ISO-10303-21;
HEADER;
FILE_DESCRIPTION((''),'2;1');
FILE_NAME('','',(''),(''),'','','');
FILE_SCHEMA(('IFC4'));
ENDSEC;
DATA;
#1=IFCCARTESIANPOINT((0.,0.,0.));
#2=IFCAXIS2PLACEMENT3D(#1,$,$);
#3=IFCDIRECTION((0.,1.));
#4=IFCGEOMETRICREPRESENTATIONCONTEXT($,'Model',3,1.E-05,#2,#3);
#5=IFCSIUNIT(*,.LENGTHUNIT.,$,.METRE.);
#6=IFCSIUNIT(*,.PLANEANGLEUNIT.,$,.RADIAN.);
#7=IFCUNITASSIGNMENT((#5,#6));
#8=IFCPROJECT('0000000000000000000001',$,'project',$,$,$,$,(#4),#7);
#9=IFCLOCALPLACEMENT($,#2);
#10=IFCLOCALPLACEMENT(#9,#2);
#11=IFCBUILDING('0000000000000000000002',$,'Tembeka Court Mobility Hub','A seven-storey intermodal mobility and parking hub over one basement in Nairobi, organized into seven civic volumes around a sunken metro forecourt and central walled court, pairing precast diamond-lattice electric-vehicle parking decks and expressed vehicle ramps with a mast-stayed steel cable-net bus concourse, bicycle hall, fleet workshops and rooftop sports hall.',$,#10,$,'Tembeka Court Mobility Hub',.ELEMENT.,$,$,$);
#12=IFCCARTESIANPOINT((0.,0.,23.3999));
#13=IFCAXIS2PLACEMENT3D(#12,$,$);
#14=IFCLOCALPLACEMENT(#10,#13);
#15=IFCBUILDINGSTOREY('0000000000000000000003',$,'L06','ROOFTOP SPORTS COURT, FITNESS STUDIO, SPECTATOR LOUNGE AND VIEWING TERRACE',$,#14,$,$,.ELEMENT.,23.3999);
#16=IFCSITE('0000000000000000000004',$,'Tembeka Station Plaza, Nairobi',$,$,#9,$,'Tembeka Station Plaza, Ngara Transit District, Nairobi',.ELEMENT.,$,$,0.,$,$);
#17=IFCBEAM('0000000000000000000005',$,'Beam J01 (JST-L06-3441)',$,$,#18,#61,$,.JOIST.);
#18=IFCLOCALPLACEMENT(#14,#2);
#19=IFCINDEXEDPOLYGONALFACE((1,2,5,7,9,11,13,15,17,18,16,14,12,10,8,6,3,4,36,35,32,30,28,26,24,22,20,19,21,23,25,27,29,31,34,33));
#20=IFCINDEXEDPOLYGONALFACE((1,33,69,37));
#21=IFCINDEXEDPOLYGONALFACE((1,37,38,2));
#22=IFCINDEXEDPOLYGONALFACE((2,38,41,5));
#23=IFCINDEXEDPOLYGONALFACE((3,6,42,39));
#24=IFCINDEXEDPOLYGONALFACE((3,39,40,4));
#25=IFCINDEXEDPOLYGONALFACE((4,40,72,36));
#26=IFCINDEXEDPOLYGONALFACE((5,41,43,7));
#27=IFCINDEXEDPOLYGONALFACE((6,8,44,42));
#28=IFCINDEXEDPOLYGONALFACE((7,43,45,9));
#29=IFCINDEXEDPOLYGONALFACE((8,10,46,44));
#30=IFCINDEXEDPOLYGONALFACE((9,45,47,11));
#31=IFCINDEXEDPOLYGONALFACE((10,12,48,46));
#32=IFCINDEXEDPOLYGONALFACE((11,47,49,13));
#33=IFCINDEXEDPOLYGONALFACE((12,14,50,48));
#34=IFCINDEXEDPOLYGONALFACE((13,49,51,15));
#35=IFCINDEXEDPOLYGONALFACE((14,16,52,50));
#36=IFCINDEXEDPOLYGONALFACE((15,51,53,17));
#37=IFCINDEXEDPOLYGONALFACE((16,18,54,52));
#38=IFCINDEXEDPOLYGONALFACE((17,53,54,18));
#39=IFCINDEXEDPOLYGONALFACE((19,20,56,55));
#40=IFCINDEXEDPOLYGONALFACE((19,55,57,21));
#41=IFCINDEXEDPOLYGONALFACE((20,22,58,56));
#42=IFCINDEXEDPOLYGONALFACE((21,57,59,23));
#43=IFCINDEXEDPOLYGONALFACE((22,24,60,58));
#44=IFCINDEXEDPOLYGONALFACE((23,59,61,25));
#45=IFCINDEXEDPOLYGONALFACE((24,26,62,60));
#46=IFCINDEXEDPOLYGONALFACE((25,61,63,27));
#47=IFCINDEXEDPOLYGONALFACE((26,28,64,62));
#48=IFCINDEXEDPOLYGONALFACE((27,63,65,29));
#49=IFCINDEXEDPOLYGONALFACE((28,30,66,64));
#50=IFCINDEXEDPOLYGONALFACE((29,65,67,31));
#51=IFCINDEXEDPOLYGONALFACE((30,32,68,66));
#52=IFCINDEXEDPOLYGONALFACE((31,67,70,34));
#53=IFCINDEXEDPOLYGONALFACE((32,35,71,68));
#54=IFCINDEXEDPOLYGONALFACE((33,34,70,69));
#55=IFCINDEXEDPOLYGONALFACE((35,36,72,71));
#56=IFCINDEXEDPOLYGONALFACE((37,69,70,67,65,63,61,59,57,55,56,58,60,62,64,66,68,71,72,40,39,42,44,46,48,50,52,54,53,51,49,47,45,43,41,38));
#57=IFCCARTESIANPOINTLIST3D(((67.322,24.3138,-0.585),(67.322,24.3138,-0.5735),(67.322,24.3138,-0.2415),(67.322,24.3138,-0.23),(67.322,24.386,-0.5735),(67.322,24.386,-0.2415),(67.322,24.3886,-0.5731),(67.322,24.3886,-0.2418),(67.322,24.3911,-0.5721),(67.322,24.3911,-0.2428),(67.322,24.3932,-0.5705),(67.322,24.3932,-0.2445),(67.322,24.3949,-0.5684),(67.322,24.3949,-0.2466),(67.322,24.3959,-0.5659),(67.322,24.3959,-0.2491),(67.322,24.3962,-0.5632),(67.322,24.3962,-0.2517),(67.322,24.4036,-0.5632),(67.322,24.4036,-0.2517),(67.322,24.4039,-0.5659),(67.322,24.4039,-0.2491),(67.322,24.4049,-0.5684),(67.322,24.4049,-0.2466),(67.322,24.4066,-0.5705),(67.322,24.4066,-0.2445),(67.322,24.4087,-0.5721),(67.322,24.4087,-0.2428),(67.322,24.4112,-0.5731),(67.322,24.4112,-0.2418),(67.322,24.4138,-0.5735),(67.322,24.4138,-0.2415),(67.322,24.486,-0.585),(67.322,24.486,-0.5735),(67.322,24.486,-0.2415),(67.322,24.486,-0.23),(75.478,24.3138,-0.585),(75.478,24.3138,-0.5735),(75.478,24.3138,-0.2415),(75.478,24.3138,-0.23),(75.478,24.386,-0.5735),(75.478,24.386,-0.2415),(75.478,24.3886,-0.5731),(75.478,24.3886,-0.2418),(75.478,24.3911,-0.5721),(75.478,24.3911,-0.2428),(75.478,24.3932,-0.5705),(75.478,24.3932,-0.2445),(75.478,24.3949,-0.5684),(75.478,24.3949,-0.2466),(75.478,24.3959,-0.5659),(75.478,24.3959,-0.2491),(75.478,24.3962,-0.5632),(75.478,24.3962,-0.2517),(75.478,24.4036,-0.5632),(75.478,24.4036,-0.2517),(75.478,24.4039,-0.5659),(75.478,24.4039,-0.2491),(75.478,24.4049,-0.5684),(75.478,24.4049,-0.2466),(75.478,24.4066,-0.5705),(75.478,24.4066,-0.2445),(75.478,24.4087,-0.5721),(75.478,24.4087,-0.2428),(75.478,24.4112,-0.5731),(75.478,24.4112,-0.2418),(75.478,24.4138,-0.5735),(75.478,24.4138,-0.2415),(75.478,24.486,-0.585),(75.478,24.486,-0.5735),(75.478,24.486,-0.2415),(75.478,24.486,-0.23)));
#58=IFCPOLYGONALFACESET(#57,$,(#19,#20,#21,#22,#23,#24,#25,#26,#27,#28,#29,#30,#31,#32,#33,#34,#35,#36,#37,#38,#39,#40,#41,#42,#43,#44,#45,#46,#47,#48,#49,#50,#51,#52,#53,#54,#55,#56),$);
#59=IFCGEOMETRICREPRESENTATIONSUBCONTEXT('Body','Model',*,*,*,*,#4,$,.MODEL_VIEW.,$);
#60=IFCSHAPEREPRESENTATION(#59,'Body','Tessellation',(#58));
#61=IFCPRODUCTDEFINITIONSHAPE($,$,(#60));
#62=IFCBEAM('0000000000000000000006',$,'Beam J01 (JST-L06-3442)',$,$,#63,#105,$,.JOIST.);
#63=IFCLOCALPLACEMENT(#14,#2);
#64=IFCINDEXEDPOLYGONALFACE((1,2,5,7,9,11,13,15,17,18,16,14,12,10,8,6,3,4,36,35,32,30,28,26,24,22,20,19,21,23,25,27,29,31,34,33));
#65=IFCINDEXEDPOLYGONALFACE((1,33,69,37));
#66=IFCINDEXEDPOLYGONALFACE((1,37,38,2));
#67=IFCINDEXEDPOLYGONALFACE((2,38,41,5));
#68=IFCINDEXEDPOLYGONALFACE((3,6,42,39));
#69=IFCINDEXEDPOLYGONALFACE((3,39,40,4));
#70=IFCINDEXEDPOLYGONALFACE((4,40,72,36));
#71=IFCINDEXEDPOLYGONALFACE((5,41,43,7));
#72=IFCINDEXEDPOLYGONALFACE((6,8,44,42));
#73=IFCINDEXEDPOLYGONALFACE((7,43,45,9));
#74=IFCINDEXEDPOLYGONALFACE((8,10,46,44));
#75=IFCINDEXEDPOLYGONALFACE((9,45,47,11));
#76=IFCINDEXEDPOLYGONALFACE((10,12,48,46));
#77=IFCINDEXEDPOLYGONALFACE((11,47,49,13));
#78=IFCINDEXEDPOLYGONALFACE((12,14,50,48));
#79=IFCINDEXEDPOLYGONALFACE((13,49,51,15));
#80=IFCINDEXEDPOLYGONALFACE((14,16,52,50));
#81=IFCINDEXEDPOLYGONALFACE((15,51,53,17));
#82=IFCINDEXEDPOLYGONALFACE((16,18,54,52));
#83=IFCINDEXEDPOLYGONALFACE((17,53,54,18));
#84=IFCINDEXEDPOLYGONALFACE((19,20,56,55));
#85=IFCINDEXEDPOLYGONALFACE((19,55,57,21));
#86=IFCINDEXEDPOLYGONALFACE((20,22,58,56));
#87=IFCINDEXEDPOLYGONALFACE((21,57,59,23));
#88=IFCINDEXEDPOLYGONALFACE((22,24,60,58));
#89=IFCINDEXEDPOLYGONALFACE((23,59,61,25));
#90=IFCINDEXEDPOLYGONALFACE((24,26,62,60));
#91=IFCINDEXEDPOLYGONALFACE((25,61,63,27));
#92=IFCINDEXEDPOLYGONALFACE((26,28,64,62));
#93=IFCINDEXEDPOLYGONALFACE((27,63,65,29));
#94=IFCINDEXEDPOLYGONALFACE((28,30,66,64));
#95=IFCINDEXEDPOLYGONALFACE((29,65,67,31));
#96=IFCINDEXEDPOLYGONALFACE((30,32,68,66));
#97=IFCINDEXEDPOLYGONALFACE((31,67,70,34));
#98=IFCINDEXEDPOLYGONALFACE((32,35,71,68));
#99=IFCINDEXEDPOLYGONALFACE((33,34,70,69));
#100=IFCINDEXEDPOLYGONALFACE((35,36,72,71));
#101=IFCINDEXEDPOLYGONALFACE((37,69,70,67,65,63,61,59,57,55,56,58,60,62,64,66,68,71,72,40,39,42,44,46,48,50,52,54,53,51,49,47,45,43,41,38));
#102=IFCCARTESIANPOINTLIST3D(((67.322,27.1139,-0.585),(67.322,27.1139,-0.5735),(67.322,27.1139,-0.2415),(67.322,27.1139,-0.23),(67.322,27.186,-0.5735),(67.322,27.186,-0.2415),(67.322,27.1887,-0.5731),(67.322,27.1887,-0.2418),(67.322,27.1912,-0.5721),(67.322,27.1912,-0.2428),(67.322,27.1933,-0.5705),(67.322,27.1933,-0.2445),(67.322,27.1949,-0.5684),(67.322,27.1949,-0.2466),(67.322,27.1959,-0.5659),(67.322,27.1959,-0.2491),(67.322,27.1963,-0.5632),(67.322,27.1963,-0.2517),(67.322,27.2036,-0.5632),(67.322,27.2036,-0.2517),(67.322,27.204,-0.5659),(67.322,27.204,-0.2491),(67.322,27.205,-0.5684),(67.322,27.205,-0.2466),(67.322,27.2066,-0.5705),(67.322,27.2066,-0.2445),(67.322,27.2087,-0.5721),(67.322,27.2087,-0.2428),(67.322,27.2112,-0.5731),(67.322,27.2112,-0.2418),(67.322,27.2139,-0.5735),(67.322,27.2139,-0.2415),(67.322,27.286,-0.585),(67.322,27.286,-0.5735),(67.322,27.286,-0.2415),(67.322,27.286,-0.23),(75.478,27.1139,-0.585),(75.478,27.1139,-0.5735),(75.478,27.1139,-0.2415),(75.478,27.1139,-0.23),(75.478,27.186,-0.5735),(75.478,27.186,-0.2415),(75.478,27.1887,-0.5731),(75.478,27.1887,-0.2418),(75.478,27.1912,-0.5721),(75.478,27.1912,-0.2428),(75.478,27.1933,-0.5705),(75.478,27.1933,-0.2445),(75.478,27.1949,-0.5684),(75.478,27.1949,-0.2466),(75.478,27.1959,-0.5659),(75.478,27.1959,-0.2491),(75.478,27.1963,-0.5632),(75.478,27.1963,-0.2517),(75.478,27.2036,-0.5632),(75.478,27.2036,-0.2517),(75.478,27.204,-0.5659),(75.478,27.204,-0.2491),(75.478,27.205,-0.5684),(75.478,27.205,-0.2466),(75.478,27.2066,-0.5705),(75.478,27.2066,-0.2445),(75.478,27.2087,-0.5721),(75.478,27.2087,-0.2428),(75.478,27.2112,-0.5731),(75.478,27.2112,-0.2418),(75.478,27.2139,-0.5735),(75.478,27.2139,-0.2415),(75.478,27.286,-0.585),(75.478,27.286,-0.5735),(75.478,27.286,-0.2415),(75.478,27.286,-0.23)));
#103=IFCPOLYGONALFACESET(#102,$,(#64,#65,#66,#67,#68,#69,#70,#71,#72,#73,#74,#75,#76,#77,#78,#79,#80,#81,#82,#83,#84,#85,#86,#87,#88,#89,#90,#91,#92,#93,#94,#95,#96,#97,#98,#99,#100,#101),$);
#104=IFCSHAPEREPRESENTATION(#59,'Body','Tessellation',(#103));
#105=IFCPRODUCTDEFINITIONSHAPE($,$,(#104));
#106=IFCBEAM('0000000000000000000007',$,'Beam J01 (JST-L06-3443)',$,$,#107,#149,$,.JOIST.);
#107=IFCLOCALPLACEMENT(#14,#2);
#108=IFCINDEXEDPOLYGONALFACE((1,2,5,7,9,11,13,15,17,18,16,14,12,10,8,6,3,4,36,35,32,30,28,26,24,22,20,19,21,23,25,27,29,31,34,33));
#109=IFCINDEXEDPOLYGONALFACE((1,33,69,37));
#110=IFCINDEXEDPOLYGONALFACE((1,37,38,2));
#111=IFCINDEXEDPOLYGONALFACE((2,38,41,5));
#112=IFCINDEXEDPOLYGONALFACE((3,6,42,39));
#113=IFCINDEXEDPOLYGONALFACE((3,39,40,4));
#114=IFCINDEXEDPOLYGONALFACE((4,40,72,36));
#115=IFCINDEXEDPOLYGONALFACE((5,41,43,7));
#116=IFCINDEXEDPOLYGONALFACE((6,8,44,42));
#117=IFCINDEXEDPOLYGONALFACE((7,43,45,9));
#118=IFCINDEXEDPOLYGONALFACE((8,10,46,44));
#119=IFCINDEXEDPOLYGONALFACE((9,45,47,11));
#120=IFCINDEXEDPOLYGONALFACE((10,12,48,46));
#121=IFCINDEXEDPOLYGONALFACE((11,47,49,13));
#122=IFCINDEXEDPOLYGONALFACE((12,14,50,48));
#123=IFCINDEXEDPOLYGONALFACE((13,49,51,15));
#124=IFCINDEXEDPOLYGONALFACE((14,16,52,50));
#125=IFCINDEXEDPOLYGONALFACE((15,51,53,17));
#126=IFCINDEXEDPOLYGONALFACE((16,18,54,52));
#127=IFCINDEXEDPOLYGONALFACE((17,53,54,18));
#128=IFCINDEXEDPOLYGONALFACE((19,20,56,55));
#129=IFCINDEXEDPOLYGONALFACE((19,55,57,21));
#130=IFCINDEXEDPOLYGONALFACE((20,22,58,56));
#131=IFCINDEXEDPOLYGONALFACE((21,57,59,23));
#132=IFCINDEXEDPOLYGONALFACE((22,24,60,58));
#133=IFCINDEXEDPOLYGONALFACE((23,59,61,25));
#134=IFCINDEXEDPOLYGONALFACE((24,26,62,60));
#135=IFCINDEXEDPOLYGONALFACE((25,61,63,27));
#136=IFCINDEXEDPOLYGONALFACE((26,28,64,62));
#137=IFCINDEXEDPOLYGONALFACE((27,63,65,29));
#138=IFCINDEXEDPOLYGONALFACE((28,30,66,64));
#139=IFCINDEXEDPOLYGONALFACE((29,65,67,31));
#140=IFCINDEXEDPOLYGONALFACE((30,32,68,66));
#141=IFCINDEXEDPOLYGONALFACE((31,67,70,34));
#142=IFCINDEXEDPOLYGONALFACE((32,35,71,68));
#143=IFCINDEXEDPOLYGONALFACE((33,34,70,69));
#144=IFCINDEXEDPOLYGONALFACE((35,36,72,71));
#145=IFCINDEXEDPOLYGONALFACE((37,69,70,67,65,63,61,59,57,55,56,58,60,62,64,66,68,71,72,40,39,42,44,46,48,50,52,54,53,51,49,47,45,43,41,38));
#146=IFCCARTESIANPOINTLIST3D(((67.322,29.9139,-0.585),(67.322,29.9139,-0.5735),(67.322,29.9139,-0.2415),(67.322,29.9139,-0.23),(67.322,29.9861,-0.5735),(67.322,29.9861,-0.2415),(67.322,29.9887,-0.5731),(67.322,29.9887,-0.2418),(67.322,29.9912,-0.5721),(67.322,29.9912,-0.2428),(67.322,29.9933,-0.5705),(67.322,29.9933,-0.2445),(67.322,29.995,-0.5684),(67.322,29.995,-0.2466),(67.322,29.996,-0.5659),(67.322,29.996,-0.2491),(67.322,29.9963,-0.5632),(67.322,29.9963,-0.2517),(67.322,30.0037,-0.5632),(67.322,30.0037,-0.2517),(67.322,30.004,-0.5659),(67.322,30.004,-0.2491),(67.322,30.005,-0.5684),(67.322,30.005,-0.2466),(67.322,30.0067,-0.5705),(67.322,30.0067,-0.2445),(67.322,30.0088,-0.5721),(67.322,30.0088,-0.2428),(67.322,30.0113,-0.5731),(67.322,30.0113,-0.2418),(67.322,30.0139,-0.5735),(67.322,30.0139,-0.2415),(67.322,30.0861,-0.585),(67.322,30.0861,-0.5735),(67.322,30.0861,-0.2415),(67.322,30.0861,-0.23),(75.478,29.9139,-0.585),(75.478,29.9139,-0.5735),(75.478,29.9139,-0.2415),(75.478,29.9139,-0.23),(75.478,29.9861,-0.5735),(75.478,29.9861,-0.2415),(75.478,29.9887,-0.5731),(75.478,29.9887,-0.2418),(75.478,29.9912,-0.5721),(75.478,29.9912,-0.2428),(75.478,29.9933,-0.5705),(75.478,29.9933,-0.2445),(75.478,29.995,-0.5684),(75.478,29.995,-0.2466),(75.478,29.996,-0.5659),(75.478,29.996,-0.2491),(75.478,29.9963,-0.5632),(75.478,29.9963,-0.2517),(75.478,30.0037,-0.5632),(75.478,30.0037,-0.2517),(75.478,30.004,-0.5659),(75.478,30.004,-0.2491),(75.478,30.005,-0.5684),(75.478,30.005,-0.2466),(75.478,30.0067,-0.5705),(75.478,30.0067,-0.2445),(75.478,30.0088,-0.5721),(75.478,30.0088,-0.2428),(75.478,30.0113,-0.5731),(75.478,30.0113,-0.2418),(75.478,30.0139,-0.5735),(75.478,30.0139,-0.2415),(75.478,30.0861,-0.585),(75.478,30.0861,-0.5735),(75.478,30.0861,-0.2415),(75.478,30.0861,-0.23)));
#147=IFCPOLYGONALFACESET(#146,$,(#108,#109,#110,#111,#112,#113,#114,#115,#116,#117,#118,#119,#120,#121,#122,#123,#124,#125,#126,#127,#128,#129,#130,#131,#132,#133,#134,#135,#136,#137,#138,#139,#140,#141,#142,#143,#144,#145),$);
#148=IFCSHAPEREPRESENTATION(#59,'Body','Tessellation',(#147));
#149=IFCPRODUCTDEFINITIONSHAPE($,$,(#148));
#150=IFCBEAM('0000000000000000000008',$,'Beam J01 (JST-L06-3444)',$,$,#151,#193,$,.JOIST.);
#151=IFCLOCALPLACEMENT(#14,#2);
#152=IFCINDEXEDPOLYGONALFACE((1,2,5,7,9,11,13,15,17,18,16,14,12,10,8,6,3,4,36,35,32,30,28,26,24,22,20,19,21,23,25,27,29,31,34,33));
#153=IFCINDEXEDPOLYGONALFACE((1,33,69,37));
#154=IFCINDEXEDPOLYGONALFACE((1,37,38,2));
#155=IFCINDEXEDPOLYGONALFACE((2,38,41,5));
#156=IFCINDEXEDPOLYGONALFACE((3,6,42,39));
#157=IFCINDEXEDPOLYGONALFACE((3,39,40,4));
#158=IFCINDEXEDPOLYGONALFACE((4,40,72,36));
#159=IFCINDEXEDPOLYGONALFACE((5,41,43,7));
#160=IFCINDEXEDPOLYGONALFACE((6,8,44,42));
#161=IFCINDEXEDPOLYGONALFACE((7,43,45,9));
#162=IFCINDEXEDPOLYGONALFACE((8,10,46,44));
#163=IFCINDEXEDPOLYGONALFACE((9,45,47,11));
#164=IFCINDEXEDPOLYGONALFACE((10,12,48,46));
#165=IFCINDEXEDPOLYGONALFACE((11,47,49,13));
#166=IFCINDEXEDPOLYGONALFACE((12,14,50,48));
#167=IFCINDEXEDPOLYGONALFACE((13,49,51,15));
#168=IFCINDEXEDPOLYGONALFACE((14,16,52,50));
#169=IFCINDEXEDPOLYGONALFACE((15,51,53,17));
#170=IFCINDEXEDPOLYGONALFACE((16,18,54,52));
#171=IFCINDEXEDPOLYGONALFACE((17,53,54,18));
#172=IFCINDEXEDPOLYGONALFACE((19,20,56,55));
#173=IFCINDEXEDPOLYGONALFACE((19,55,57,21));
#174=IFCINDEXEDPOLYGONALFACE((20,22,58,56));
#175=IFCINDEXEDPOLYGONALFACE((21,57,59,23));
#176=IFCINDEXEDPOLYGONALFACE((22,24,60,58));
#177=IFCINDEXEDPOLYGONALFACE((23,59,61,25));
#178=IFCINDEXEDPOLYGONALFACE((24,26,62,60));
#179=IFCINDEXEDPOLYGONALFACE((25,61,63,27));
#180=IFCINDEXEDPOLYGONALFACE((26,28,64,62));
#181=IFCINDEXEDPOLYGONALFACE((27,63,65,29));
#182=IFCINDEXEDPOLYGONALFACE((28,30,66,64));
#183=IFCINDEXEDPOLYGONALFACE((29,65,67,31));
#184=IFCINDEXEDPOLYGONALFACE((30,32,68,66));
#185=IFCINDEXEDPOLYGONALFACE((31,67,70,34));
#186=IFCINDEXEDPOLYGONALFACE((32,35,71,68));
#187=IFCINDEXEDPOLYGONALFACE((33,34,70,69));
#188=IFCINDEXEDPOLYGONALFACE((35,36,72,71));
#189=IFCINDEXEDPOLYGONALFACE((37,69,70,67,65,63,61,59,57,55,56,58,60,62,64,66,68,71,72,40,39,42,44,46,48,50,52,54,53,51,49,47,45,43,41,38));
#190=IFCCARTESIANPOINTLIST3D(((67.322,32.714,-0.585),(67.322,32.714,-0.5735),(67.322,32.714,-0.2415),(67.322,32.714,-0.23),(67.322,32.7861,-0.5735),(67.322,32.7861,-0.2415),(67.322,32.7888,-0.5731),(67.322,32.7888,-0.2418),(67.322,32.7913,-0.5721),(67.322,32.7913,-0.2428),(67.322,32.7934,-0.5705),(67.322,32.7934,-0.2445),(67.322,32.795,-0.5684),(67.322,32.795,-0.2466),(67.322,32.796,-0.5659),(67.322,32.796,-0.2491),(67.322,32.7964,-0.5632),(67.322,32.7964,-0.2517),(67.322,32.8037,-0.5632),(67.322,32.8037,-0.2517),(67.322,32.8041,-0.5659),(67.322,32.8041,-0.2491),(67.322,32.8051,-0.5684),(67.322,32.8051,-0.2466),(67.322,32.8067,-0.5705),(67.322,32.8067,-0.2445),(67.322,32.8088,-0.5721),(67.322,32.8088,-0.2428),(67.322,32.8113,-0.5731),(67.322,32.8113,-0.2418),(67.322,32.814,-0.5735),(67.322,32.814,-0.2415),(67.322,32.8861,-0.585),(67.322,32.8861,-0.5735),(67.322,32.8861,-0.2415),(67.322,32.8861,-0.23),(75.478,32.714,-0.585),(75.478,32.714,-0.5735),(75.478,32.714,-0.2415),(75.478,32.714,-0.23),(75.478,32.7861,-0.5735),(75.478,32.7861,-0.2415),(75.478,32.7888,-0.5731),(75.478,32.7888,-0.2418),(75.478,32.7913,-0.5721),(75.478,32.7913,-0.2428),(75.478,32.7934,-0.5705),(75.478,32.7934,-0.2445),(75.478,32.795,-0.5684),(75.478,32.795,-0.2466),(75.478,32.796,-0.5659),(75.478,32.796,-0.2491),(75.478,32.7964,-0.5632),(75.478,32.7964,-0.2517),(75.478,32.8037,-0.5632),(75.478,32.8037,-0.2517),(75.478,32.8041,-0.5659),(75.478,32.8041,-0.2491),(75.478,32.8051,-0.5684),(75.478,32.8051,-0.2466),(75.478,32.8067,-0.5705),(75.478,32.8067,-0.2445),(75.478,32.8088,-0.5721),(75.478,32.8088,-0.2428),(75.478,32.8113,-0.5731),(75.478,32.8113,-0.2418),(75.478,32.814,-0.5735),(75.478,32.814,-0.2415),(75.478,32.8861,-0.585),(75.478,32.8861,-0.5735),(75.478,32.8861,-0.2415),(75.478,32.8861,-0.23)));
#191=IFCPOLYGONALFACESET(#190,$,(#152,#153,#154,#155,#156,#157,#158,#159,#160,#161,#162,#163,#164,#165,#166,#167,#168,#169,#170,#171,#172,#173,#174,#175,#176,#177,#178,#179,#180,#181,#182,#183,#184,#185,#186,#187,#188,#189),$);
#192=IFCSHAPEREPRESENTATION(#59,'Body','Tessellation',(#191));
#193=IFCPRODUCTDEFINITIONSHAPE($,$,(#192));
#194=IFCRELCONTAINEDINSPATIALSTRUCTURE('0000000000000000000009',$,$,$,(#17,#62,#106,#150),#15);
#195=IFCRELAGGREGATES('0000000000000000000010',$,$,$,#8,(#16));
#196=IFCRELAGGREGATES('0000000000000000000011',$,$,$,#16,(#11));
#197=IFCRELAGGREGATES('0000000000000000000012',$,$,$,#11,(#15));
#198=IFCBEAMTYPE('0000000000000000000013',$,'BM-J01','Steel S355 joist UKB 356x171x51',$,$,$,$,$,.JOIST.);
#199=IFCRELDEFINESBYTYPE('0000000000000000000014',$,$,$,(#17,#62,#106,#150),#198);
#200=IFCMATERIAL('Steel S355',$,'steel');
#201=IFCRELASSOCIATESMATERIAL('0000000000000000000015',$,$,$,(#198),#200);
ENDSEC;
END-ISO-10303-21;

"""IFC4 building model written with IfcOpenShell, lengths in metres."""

from ifc_helpers import new_model, si_unit, direction, frame, origin, origin_2d, place, context, subcontext, project, spatial, i_section, extrude, material, material_profile, profile_set, type_object, element, save


model = new_model("IFC4")

# Units and contexts
model_context = context("Model", 3, precision=1e-05, world=origin(), true_north=direction((0.0, 1.0)))
body_context = subcontext(model_context, "Body", "Model", "MODEL_VIEW")
ifc_project = project(units=[si_unit("LENGTHUNIT", "METRE"), si_unit("PLANEANGLEUNIT", "RADIAN")], contexts=[model_context])

# Site, building, storey
site_placement = place(None, origin())
site = spatial("IfcSite", under=ifc_project, at=site_placement, Name="Tembeka Station Plaza, Nairobi", LongName="Tembeka Station Plaza, Ngara Transit District, Nairobi", CompositionType="ELEMENT", RefElevation=0.0)
building_placement = place(site_placement, origin())
building = spatial("IfcBuilding", under=site, at=building_placement, Name="Tembeka Court Mobility Hub", Description="A seven-storey intermodal mobility and parking hub over one basement in Nairobi, organized into seven civic volumes around a sunken metro forecourt and central walled court, pairing precast diamond-lattice electric-vehicle parking decks and expressed vehicle ramps with a mast-stayed steel cable-net bus concourse, bicycle hall, fleet workshops and rooftop sports hall.", LongName="Tembeka Court Mobility Hub", CompositionType="ELEMENT")
storey_placement = place(building_placement, frame((0.0, 0.0, 23.3999)))
storey = spatial("IfcBuildingStorey", under=building, at=storey_placement, Name="L06", Description="ROOFTOP SPORTS COURT, FITNESS STUDIO, SPECTATOR LOUNGE AND VIEWING TERRACE", CompositionType="ELEMENT", Elevation=23.3999)

# Beams
ifc_material_1 = material(Name="Steel S355", Category="steel")
ifc_material_profile_1 = material_profile(ifc_material_1, i_section(OverallWidth=0.1721, OverallDepth=0.355, WebThickness=0.0073, FlangeThickness=0.0115, FilletRadius=0.0103, at=origin_2d()), Name="UKB 356x171x51")
ifc_profile_set_1 = profile_set([ifc_material_profile_1], Name="Steel S355")
beam_type_1 = type_object("IfcBeamType", Name="BM-J01", Description="Steel S355 joist UKB 356x171x51", PredefinedType="JOIST", material=ifc_profile_set_1)
for number, where, z_axis, x_axis, name in (
    (1, (67.322, 24.3999, -0.4075), (1.0, 0.0, 0.0), (0.0, 1.0, 0.0), "Beam J01 (JST-L06-3441)"),
    (2, (67.322, 27.2, -0.4075), (1.0, 0.0, 0.0), (0.0, 1.0, 0.0), "Beam J01 (JST-L06-3442)"),
    (3, (67.322, 30.0, -0.4075), (1.0, 0.0, 0.0), (0.0, 1.0, 0.0), "Beam J01 (JST-L06-3443)"),
    (4, (67.322, 32.8, -0.4075), (1.0, 0.0, 0.0), (0.0, 1.0, 0.0), "Beam J01 (JST-L06-3444)"),
):
    element("IfcBeam", number, at=place(storey_placement, frame(where, z_axis=z_axis, x_axis=x_axis)), inside=storey, type_object=beam_type_1, Name=name, PredefinedType="JOIST", context=body_context, shape_type="SweptSolid", body=[
        extrude(i_section(OverallWidth=0.1721, OverallDepth=0.355, WebThickness=0.0073, FlangeThickness=0.0115, FilletRadius=0.0103, at=origin_2d()), origin(), (0.0, 0.0, 1.0), 8.156),
    ])

save(model, "model.ifc")
